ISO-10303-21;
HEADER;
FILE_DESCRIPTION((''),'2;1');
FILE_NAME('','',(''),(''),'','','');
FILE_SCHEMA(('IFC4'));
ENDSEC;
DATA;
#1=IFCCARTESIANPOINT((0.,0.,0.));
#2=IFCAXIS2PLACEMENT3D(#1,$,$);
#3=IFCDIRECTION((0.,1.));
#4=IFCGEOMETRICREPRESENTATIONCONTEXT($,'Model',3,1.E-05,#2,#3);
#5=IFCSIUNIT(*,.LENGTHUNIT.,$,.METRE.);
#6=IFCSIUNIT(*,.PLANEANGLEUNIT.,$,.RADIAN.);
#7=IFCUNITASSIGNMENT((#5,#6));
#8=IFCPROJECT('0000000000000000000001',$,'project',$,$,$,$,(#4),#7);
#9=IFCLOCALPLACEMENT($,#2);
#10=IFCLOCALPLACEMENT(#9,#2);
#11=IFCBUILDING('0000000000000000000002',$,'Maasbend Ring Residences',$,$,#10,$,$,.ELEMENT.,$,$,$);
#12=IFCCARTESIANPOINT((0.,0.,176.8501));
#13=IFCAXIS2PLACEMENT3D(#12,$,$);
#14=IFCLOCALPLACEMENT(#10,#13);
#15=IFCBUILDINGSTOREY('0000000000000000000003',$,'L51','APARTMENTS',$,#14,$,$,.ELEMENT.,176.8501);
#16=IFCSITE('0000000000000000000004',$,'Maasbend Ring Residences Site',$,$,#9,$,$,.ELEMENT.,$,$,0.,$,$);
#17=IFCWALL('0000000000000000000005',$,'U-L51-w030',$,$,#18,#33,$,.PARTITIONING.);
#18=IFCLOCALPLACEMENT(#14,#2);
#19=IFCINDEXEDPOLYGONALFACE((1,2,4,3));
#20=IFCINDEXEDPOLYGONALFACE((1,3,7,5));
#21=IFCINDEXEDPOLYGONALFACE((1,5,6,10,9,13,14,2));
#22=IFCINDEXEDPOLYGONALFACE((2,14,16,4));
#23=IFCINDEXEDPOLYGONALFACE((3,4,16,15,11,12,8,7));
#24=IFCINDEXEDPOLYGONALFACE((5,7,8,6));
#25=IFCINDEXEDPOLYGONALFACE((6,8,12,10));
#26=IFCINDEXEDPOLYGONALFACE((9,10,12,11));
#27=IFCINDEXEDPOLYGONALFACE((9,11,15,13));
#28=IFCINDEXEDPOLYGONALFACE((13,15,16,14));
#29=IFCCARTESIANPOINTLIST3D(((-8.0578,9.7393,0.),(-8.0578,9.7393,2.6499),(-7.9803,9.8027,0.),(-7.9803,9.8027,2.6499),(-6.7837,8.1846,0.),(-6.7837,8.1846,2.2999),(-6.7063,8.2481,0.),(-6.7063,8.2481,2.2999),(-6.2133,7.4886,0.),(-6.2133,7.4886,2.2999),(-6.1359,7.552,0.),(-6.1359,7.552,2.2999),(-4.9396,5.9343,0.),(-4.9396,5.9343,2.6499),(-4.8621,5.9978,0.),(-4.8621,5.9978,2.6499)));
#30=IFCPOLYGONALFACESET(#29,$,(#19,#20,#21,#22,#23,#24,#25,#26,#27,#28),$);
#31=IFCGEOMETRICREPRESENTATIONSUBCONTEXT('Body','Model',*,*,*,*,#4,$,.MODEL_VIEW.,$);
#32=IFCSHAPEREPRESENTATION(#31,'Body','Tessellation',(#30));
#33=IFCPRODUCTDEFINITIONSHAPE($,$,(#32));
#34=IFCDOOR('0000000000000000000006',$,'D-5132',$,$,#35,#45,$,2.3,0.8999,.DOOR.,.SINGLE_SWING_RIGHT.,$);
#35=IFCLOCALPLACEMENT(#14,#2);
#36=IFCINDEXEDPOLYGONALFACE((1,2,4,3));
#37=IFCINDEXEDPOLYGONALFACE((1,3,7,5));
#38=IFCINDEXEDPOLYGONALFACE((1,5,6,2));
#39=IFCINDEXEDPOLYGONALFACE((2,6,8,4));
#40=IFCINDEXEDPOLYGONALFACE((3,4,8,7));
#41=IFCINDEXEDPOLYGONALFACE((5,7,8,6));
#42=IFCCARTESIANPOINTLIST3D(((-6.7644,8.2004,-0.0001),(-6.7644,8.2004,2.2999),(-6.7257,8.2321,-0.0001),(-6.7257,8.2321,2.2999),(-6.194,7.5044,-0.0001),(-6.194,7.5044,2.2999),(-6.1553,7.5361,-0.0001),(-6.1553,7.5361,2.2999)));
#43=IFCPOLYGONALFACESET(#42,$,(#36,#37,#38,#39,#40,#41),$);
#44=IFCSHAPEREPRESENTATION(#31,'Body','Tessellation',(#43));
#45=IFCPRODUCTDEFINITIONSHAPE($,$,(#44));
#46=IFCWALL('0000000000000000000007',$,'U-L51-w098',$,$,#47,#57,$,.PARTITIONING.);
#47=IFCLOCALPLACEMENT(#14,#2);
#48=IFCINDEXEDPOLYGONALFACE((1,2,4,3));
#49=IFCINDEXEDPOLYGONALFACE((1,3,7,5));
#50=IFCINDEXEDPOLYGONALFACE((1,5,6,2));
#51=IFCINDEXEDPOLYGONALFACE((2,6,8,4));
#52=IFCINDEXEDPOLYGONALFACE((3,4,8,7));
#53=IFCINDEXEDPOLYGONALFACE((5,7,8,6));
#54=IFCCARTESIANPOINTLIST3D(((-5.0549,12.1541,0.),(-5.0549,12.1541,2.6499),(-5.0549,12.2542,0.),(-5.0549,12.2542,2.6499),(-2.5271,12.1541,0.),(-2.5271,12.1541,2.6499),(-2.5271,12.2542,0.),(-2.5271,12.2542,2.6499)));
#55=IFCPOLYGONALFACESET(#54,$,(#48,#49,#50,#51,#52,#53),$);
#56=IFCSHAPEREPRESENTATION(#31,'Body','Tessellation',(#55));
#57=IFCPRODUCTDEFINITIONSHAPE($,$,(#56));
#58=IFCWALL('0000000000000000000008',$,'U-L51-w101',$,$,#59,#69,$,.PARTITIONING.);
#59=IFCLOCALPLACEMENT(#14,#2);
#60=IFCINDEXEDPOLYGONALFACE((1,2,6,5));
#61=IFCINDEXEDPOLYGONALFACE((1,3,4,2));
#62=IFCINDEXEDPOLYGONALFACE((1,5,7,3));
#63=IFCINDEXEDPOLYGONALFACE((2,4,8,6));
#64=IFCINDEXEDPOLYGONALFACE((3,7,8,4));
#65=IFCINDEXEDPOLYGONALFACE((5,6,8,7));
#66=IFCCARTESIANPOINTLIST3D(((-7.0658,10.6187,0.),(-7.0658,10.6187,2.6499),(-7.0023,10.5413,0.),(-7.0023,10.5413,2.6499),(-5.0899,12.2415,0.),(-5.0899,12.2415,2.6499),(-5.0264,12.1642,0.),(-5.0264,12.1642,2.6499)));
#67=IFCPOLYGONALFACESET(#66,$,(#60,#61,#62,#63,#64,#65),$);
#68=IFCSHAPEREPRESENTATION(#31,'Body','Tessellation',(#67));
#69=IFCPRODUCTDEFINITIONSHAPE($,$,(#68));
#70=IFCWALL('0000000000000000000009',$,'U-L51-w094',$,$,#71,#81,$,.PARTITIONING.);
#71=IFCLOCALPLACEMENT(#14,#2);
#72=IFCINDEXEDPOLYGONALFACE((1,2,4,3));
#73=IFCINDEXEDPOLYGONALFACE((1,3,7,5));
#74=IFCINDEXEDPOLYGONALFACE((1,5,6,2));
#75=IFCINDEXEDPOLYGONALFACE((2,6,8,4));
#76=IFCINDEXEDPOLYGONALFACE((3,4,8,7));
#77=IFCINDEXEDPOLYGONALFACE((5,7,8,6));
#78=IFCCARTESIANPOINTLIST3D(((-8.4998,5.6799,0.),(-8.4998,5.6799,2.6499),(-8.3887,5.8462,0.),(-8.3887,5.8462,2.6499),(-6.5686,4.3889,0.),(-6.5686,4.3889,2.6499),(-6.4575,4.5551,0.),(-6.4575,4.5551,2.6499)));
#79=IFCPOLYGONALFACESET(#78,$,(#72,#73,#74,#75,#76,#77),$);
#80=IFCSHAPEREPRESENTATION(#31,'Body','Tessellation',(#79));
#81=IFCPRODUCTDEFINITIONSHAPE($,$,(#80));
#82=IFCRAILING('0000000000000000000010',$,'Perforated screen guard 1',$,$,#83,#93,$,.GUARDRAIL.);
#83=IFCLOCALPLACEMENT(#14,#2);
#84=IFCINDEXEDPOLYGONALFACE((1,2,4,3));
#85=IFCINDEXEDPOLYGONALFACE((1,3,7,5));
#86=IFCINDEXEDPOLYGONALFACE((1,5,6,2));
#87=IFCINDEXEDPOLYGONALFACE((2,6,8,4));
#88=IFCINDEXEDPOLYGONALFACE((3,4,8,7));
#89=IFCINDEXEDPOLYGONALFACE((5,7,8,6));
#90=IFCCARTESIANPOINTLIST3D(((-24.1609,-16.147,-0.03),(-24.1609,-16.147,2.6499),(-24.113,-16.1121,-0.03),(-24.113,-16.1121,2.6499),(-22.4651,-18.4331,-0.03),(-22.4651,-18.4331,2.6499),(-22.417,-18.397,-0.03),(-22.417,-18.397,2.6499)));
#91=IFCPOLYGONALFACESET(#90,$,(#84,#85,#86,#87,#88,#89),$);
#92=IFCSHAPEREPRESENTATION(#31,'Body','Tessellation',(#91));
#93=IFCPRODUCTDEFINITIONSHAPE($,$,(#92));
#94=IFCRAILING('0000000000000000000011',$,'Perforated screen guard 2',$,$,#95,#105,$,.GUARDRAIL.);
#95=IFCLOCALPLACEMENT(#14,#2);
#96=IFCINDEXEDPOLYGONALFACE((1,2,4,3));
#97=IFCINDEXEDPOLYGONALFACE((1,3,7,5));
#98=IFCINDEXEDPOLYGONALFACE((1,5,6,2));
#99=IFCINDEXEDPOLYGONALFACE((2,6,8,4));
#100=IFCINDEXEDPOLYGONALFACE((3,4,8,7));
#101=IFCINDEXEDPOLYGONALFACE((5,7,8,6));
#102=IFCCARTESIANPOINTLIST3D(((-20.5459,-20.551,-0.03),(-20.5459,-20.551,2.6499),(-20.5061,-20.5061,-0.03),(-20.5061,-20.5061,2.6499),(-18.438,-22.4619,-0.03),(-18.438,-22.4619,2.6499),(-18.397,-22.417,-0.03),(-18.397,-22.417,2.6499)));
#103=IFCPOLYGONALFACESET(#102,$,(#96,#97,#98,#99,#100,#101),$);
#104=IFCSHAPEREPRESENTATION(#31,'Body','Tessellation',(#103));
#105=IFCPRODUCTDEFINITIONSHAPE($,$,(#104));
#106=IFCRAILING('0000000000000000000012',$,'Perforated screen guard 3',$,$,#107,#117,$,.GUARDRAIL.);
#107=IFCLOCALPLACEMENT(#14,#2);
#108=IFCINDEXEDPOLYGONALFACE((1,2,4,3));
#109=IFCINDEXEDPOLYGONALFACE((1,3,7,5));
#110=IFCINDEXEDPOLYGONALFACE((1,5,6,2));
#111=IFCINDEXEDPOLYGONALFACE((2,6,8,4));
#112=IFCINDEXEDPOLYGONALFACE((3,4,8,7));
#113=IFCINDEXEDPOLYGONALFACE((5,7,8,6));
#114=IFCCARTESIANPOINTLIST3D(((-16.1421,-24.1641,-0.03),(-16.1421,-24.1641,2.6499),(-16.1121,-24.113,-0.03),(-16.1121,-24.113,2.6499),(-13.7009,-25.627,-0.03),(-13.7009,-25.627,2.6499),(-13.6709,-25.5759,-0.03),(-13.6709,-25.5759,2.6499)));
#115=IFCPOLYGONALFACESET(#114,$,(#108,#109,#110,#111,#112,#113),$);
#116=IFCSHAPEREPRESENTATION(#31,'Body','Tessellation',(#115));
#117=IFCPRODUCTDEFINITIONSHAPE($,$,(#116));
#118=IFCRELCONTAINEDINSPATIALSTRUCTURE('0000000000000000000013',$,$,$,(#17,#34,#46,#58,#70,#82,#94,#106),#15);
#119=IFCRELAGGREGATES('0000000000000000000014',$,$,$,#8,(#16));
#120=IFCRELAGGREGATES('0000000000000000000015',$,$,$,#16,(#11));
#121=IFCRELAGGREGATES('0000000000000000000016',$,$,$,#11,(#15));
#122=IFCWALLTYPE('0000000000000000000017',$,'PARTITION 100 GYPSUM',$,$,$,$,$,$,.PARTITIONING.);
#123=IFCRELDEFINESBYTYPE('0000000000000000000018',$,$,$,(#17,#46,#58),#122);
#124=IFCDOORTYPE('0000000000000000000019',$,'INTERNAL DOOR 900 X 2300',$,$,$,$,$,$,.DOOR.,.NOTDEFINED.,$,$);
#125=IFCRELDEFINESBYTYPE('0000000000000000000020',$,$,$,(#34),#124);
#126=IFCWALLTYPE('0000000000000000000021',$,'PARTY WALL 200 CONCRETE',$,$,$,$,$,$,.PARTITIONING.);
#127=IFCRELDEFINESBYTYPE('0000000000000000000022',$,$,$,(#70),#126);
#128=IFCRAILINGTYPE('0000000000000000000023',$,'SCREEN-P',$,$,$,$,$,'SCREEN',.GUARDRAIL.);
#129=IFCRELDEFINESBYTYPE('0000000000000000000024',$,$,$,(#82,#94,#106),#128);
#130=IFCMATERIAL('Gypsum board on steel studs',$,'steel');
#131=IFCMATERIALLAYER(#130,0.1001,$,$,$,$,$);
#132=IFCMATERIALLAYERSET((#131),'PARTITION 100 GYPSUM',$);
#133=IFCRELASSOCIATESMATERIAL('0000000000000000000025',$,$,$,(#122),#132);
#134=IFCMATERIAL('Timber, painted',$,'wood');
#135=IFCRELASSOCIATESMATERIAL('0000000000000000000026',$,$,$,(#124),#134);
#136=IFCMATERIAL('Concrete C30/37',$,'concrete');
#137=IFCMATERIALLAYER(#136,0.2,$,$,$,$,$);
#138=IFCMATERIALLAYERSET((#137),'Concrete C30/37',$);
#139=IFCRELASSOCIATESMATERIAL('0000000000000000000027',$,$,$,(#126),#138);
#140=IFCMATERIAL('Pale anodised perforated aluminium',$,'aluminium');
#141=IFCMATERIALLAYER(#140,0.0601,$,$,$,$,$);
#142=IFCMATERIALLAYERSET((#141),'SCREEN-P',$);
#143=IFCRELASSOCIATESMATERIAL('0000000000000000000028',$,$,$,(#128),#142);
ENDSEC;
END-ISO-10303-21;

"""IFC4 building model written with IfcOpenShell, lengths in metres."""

from ifc_helpers import new_model, si_unit, direction, frame, frame_2d, origin, place, context, subcontext, project, spatial, polyline, rectangle, outline, extrude, material, layer, layer_set, type_object, element, fill, save


model = new_model("IFC4")

# Units and contexts
model_context = context("Model", 3, precision=1e-05, world=origin(), true_north=direction((0.0, 1.0)))
body_context = subcontext(model_context, "Body", "Model", "MODEL_VIEW")
ifc_project = project(units=[si_unit("LENGTHUNIT", "METRE"), si_unit("PLANEANGLEUNIT", "RADIAN")], contexts=[model_context])

# Site, building, storey
site_placement = place(None, origin())
site = spatial("IfcSite", under=ifc_project, at=site_placement, Name="Maasbend Ring Residences Site", CompositionType="ELEMENT", RefElevation=0.0)
building_placement = place(site_placement, origin())
building = spatial("IfcBuilding", under=site, at=building_placement, Name="Maasbend Ring Residences", CompositionType="ELEMENT")
storey_placement = place(building_placement, frame((0.0, 0.0, 176.8501)))
storey = spatial("IfcBuildingStorey", under=building, at=storey_placement, Name="L51", Description="APARTMENTS", CompositionType="ELEMENT", Elevation=176.8501)

# Wall, opening, door
ifc_material_1 = material(Name="Gypsum board on steel studs", Category="steel")
ifc_layer_1 = layer(ifc_material_1, 0.1001)
ifc_layer_set_1 = layer_set([ifc_layer_1], Name="PARTITION 100 GYPSUM")
wall_type_1 = type_object("IfcWallType", Name="PARTITION 100 GYPSUM", PredefinedType="PARTITIONING", material=ifc_layer_set_1)
wall_1_placement = place(storey_placement, frame((-8.019, 9.771, 0.0), z_axis=(0.0, 0.0, 1.0), x_axis=(0.633851, -0.773455, 0.0)))
wall_1 = element("IfcWall", 1, at=wall_1_placement, inside=storey, type_object=wall_type_1, Name="U-L51-w030", PredefinedType="PARTITIONING", context=body_context, shape_type="SweptSolid", body=[
    extrude(rectangle(XDim=4.9194, YDim=0.1001, at=frame_2d((2.4597, 0.0))), origin(), (0.0, 0.0, 1.0), 2.6499),
])
opening_placement = place(wall_1_placement, frame((2.01, 0.0, 0.0)))
opening = element("IfcOpeningElement", 2, at=opening_placement, cuts=wall_1, PredefinedType="OPENING", context=body_context, shape_type="SweptSolid", body=[
    extrude(rectangle(XDim=0.8999, YDim=2.3, at=frame_2d((0.45, 1.1499))), frame((0.0, 0.0601, 0.0), z_axis=(0.0, -1.0, 0.0), x_axis=(1.0, 0.0, 0.0)), (0.0, 0.0, 1.0), 0.1201),
])
ifc_material_2 = material(Name="Timber, painted", Category="wood")
door_type = type_object("IfcDoorType", Name="INTERNAL DOOR 900 X 2300", OperationType="NOTDEFINED", PredefinedType="DOOR", material=ifc_material_2)
door_placement = place(opening_placement, origin())
door = element("IfcDoor", 3, at=door_placement, inside=storey, type_object=door_type, Name="D-5132", OperationType="SINGLE_SWING_RIGHT", OverallHeight=2.3, OverallWidth=0.8999, PredefinedType="DOOR", context=body_context, shape_type="SweptSolid", body=[
    extrude(rectangle(XDim=0.8999, YDim=2.3, at=frame_2d((0.45, 1.1499))), frame((0.0, 0.0249, 0.0), z_axis=(0.0, -1.0, 0.0), x_axis=(1.0, 0.0, 0.0)), (0.0, 0.0, 1.0), 0.05),
])
fill(opening, door)

# Walls
wall_2_placement = place(storey_placement, frame((-5.0549, 12.2041, 0.0), z_axis=(0.0, 0.0, 1.0), x_axis=(1.0, 0.0, 0.0)))
element("IfcWall", 4, at=wall_2_placement, inside=storey, type_object=wall_type_1, Name="U-L51-w098", PredefinedType="PARTITIONING", context=body_context, shape_type="SweptSolid", body=[
    extrude(rectangle(XDim=2.5278, YDim=0.1001, at=frame_2d((1.2639, 0.0))), origin(), (0.0, 0.0, 1.0), 2.6499),
])
wall_3_placement = place(storey_placement, frame((-7.0339, 10.5801, 0.0), z_axis=(0.0, 0.0, 1.0), x_axis=(0.772765, 0.634693, 0.0)))
element("IfcWall", 5, at=wall_3_placement, inside=storey, type_object=wall_type_1, Name="U-L51-w101", PredefinedType="PARTITIONING", context=body_context, shape_type="SweptSolid", body=[
    extrude(rectangle(XDim=2.5569, YDim=0.1001, at=frame_2d((1.2783, 0.0))), origin(), (0.0, 0.0, 1.0), 2.6499),
])
ifc_material_3 = material(Name="Concrete C30/37", Category="concrete")
ifc_layer_2 = layer(ifc_material_3, 0.2)
ifc_layer_set_2 = layer_set([ifc_layer_2], Name="Concrete C30/37")
wall_type_2 = type_object("IfcWallType", Name="PARTY WALL 200 CONCRETE", PredefinedType="PARTITIONING", material=ifc_layer_set_2)
wall_4_placement = place(storey_placement, frame((-6.5129, 4.4719, 0.0), z_axis=(0.0, 0.0, 1.0), x_axis=(-0.831338, 0.555767, 0.0)))
element("IfcWall", 6, at=wall_4_placement, inside=storey, type_object=wall_type_2, Name="U-L51-w094", PredefinedType="PARTITIONING", context=body_context, shape_type="SweptSolid", body=[
    extrude(rectangle(XDim=2.323, YDim=0.2, at=frame_2d((1.1616, 0.0))), origin(), (0.0, 0.0, 1.0), 2.6499),
])

# Railings
ifc_material_4 = material(Name="Pale anodised perforated aluminium", Category="aluminium")
ifc_layer_3 = layer(ifc_material_4, 0.0601)
ifc_layer_set_3 = layer_set([ifc_layer_3], Name="SCREEN-P")
railing_type = type_object("IfcRailingType", Name="SCREEN-P", ElementType="SCREEN", PredefinedType="GUARDRAIL", material=ifc_layer_set_3)
railing_1_placement = place(storey_placement, frame((0.0, 0.0, -0.03)))
element("IfcRailing", 7, at=railing_1_placement, inside=storey, type_object=railing_type, Name="Perforated screen guard 1", PredefinedType="GUARDRAIL", context=body_context, shape_type="SweptSolid", body=[
    extrude(outline(polyline([(-24.113, -16.1121), (-22.417, -18.397), (-22.4651, -18.4331), (-24.1609, -16.147), (-24.113, -16.1121)])), origin(), (0.0, 0.0, 1.0), 2.6799),
])
railing_2_placement = place(storey_placement, frame((0.0, 0.0, -0.03)))
element("IfcRailing", 8, at=railing_2_placement, inside=storey, type_object=railing_type, Name="Perforated screen guard 2", PredefinedType="GUARDRAIL", context=body_context, shape_type="SweptSolid", body=[
    extrude(outline(polyline([(-20.5061, -20.5061), (-18.397, -22.417), (-18.438, -22.4619), (-20.5459, -20.551), (-20.5061, -20.5061)])), origin(), (0.0, 0.0, 1.0), 2.6799),
])
railing_3_placement = place(storey_placement, frame((0.0, 0.0, -0.03)))
element("IfcRailing", 9, at=railing_3_placement, inside=storey, type_object=railing_type, Name="Perforated screen guard 3", PredefinedType="GUARDRAIL", context=body_context, shape_type="SweptSolid", body=[
    extrude(outline(polyline([(-16.1121, -24.113), (-13.6709, -25.5759), (-13.7009, -25.627), (-16.1421, -24.1641), (-16.1121, -24.113)])), origin(), (0.0, 0.0, 1.0), 2.6799),
])

save(model, "model.ifc")
